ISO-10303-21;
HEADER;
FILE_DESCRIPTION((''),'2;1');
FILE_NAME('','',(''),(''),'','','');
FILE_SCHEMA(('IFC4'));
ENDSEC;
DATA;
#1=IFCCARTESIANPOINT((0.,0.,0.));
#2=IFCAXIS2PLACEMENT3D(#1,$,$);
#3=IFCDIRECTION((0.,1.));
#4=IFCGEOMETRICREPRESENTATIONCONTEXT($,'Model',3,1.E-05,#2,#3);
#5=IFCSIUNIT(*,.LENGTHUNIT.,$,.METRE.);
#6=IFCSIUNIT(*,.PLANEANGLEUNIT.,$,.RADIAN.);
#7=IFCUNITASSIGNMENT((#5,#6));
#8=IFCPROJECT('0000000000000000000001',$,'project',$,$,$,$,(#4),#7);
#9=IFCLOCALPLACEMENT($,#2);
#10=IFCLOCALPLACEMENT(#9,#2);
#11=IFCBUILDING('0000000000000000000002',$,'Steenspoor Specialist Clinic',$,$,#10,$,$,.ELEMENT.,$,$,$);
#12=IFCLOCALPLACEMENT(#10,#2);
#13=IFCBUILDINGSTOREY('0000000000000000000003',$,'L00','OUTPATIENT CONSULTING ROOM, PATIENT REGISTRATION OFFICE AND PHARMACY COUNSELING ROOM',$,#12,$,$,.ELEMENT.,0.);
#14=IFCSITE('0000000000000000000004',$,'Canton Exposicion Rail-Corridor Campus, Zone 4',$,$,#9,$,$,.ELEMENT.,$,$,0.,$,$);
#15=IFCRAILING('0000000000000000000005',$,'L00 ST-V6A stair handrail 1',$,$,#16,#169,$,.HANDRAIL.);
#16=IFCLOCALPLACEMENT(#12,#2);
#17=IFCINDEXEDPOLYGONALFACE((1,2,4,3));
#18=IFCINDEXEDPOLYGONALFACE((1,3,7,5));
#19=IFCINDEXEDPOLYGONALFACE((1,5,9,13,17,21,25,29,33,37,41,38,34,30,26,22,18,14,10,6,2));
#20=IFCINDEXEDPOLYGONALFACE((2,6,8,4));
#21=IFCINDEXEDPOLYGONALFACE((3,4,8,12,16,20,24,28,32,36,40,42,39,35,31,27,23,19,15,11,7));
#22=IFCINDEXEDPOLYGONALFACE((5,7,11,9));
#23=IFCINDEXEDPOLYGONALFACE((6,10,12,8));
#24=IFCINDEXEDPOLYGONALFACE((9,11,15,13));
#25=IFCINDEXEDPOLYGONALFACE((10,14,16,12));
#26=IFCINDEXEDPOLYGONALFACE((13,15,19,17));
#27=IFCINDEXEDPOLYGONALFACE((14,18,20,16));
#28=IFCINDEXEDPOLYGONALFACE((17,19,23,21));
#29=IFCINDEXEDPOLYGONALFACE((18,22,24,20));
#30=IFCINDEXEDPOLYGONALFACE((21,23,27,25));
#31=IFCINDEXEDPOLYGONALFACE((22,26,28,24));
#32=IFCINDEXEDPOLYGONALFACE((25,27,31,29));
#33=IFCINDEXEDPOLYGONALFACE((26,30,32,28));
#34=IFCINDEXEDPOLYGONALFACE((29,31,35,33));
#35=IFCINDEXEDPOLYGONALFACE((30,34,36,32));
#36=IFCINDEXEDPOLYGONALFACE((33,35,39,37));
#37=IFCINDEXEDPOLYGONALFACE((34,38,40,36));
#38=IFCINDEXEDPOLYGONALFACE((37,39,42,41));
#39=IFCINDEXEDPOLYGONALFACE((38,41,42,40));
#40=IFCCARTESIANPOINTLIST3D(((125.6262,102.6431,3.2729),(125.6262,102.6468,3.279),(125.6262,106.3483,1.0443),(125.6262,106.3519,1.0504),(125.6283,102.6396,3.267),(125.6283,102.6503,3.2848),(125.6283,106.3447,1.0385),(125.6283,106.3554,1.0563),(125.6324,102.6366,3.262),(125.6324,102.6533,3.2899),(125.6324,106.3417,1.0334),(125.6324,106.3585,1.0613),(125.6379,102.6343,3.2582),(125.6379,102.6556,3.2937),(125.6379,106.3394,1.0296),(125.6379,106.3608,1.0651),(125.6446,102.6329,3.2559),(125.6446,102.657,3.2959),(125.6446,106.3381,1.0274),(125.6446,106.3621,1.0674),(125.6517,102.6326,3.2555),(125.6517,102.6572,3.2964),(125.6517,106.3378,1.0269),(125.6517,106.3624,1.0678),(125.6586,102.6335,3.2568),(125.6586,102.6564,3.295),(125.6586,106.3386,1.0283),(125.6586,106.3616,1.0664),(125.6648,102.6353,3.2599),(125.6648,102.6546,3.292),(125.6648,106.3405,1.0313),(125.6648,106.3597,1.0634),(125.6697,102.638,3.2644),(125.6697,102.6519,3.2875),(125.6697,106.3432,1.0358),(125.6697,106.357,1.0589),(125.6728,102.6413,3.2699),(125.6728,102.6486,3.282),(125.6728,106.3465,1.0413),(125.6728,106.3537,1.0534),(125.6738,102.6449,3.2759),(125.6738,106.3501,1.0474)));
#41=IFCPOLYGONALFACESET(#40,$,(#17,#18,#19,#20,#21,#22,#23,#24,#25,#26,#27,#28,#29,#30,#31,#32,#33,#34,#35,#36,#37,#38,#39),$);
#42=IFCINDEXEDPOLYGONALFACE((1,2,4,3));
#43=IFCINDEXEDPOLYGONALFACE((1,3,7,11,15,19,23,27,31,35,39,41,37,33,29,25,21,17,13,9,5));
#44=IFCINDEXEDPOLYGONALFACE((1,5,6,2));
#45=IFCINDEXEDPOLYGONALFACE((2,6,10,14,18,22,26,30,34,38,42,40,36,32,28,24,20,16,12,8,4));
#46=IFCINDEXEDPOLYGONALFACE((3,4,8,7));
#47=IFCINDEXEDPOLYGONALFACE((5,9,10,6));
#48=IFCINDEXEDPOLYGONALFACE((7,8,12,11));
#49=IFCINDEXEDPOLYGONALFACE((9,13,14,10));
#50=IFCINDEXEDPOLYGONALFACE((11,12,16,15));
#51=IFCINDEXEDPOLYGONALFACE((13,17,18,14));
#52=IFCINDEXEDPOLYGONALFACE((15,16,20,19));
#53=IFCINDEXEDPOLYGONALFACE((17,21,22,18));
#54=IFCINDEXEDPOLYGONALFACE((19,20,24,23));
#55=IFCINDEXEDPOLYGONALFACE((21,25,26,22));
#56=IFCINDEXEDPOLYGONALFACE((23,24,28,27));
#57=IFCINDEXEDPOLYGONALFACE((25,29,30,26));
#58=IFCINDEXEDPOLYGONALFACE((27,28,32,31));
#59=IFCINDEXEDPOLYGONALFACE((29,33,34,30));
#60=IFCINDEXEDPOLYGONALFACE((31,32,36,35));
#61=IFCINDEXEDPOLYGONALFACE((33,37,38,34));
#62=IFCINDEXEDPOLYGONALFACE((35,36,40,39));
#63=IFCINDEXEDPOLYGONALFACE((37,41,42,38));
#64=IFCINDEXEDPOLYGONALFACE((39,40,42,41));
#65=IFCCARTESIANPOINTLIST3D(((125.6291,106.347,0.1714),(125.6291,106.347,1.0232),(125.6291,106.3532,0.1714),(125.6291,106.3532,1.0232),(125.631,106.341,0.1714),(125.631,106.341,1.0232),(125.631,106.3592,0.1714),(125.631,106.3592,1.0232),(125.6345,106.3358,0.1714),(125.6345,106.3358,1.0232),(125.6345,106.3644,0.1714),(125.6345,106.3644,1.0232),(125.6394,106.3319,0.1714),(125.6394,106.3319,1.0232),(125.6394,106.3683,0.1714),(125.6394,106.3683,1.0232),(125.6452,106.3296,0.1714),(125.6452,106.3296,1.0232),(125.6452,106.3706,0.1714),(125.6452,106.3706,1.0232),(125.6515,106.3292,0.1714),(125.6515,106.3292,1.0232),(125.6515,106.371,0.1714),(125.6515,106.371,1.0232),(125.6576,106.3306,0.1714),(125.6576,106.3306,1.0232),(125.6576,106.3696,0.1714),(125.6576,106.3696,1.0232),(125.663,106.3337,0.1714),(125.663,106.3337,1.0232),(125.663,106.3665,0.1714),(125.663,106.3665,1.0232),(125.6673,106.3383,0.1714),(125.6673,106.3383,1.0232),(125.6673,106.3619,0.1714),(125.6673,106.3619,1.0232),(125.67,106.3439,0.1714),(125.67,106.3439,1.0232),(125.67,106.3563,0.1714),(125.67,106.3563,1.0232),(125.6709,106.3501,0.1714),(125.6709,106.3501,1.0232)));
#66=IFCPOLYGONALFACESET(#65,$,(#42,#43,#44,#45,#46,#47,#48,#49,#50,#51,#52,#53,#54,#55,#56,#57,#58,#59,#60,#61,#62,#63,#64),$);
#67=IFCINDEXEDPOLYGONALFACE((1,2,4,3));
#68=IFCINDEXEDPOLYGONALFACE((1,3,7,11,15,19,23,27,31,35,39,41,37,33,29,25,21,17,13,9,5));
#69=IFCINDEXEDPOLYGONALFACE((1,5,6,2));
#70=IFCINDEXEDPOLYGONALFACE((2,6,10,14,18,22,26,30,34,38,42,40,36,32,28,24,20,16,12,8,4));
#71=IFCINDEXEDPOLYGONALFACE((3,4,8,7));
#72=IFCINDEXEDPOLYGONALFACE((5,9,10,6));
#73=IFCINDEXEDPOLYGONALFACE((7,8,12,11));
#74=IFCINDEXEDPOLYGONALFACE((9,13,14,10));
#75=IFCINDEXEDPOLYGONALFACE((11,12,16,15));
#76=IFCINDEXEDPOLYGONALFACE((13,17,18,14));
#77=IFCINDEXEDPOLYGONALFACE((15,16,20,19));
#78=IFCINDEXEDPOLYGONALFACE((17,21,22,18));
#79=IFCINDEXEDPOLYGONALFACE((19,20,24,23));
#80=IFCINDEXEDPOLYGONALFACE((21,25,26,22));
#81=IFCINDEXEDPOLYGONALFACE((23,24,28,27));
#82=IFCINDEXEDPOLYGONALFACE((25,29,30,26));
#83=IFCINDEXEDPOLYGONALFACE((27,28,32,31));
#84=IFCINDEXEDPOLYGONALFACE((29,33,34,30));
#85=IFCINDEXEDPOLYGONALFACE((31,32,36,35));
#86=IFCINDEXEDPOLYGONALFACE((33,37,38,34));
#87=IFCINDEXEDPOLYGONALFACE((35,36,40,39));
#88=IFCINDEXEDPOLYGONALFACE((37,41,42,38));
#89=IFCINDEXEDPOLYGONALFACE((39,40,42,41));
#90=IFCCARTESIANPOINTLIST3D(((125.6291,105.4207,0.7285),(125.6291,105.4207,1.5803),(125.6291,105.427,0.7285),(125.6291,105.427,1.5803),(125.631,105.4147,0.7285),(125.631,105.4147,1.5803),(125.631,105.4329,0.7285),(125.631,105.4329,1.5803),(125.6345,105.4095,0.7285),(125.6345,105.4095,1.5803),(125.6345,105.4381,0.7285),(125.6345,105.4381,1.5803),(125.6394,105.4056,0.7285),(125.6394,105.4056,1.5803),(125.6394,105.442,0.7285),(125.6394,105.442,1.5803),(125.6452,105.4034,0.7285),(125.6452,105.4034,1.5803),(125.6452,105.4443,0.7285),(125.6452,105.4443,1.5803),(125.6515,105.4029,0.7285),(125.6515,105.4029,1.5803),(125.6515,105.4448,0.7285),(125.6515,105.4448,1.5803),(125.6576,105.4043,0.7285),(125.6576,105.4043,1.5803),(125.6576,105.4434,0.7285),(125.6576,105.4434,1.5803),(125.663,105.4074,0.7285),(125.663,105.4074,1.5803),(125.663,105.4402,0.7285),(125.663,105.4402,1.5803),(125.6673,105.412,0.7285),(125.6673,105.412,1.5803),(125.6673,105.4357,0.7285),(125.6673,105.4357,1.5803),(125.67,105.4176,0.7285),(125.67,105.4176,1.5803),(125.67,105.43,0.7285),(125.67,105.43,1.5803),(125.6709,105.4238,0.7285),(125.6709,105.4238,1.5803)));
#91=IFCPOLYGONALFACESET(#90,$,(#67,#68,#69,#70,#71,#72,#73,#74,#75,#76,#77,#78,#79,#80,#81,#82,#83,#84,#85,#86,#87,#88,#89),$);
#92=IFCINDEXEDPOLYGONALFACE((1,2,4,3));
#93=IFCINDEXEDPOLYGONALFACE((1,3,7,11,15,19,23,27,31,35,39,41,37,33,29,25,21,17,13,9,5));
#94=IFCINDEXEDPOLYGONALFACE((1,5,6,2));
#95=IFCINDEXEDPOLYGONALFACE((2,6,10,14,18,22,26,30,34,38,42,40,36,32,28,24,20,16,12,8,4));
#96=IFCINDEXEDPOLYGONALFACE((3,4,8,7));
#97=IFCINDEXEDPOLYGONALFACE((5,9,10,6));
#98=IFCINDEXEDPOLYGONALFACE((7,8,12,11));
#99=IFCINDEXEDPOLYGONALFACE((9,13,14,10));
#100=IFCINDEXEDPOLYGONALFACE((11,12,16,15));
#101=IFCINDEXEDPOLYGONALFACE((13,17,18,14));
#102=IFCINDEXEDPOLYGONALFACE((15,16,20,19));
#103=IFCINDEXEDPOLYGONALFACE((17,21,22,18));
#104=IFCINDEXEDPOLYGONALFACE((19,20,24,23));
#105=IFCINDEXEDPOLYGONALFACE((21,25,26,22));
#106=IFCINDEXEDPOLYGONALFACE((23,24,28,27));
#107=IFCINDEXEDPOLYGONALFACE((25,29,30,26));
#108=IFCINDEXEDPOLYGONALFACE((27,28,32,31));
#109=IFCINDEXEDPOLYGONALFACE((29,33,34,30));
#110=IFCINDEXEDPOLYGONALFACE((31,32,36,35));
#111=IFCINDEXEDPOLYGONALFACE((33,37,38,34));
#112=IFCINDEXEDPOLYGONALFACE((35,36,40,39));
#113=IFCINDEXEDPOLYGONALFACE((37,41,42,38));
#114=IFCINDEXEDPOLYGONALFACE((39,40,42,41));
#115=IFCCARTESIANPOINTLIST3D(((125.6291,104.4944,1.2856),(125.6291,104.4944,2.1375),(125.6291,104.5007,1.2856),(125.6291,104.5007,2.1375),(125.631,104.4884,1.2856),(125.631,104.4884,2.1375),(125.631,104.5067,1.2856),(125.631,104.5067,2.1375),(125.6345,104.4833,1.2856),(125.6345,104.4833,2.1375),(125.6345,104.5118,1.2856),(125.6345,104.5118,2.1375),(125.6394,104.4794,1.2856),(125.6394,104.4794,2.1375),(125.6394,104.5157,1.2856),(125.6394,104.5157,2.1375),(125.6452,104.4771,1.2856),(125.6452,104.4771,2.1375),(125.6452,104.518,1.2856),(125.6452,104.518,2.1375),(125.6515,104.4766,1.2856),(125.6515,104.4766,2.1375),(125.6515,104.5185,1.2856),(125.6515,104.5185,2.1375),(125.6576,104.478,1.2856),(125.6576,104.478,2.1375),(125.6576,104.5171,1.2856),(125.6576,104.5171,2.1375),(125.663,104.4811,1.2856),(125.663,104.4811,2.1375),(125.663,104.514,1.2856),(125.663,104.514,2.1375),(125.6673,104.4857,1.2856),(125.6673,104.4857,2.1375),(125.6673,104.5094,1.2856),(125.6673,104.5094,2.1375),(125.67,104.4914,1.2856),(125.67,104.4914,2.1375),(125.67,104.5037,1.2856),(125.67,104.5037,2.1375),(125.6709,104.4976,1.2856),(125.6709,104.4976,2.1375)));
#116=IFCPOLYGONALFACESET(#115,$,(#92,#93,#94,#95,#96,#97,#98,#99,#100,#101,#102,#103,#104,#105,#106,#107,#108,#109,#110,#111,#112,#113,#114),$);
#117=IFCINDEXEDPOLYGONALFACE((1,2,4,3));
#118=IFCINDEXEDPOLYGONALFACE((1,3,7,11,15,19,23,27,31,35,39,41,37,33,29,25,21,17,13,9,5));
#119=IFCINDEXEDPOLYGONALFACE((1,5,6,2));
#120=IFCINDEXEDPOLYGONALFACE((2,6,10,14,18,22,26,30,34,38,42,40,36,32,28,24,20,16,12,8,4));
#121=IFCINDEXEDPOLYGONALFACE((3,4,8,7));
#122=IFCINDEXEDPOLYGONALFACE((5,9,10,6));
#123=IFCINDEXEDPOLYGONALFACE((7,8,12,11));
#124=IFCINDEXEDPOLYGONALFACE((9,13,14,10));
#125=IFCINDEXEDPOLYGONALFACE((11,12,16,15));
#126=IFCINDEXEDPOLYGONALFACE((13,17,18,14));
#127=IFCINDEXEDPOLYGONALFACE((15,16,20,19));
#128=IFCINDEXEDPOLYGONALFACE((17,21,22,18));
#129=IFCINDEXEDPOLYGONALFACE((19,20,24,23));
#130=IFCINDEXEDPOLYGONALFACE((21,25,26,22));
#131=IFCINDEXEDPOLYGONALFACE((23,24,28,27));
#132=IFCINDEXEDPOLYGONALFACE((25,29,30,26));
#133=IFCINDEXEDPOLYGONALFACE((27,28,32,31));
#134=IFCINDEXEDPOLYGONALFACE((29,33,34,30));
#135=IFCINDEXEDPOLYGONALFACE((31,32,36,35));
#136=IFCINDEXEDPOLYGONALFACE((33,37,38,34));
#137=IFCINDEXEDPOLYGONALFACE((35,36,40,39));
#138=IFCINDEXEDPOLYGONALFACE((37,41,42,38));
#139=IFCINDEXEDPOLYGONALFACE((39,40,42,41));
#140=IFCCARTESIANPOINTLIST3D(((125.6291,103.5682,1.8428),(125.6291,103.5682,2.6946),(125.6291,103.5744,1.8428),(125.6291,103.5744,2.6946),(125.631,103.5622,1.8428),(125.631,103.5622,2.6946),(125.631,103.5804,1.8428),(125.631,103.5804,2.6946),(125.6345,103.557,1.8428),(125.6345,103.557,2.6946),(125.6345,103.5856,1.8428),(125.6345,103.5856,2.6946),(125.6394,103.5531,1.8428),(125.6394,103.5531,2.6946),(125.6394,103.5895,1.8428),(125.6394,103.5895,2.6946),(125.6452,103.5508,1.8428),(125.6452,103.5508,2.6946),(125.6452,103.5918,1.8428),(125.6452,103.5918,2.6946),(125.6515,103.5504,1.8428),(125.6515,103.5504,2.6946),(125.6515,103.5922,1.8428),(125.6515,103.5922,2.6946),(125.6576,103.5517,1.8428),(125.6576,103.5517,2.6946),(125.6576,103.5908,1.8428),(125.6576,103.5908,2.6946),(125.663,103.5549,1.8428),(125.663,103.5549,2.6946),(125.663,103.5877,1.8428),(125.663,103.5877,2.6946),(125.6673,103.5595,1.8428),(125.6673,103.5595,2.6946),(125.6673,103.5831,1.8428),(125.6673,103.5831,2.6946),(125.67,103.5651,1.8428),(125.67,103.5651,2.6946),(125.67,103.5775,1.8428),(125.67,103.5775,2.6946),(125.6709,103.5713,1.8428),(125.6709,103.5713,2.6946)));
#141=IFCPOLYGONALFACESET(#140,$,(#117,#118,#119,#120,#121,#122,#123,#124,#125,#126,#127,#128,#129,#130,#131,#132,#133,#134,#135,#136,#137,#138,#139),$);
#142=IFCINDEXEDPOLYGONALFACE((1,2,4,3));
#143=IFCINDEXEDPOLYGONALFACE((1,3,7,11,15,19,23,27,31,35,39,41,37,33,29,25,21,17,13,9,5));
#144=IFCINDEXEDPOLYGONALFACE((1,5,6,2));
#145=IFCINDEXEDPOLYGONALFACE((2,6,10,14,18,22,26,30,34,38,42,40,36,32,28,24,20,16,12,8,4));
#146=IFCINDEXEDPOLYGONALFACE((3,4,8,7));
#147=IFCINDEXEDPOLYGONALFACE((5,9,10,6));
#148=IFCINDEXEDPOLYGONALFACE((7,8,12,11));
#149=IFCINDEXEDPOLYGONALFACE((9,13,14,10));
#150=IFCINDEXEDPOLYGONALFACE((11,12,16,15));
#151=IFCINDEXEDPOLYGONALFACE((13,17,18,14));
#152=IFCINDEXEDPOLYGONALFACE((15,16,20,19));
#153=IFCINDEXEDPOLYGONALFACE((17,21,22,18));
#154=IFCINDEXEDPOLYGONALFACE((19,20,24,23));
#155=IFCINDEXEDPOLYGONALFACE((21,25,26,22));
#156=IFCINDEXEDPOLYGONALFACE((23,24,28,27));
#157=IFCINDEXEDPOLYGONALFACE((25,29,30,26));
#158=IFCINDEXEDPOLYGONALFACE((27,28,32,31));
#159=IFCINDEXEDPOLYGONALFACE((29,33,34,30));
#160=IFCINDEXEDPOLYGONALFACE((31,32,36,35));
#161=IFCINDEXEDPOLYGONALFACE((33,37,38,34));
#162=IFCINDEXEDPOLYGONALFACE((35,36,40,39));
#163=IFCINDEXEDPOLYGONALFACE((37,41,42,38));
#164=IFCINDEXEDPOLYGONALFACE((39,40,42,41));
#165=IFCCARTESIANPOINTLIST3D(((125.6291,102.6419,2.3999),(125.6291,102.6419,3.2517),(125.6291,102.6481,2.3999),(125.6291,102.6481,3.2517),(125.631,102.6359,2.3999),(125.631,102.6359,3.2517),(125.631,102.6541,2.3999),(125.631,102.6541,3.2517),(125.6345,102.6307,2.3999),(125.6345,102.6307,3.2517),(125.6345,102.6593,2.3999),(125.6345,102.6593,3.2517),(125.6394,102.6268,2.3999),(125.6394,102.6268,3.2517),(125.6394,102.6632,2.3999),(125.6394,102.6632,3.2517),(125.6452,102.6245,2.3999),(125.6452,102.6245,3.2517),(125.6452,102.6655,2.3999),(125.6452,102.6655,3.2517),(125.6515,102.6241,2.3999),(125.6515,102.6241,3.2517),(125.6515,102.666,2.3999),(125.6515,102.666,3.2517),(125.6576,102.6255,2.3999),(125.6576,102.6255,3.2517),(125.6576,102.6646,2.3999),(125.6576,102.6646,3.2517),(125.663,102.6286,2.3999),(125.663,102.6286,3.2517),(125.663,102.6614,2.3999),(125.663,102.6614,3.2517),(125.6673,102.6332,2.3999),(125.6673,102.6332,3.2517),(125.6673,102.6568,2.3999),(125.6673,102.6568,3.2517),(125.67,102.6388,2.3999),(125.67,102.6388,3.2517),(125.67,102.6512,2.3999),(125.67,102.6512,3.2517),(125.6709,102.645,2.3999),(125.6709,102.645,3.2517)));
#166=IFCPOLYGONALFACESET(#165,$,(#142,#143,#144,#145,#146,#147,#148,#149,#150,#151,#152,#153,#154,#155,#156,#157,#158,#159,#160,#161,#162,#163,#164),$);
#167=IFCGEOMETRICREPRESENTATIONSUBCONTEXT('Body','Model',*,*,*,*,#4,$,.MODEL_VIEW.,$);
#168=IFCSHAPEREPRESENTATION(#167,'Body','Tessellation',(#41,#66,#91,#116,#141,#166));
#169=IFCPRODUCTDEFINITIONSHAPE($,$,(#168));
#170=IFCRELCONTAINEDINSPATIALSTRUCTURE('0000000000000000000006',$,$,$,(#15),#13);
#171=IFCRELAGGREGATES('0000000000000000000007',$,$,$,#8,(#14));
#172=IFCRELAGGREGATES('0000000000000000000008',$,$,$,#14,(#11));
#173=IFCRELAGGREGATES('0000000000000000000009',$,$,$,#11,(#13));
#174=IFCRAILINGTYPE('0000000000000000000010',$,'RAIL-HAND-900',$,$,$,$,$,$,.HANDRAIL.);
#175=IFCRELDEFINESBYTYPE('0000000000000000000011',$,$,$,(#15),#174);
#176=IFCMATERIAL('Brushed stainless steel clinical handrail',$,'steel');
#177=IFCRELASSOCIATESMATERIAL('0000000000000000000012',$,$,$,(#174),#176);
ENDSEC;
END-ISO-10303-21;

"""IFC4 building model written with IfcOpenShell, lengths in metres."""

from ifc_helpers import new_model, si_unit, direction, frame, origin, origin_2d, place, context, subcontext, project, spatial, circle, extrude, material, type_object, element, save


model = new_model("IFC4")

# Units and contexts
model_context = context("Model", 3, precision=1e-05, world=origin(), true_north=direction((0.0, 1.0)))
body_context = subcontext(model_context, "Body", "Model", "MODEL_VIEW")
ifc_project = project(units=[si_unit("LENGTHUNIT", "METRE"), si_unit("PLANEANGLEUNIT", "RADIAN")], contexts=[model_context])

# Site, building, storey
site_placement = place(None, origin())
site = spatial("IfcSite", under=ifc_project, at=site_placement, Name="Canton Exposicion Rail-Corridor Campus, Zone 4", CompositionType="ELEMENT", RefElevation=0.0)
building_placement = place(site_placement, origin())
building = spatial("IfcBuilding", under=site, at=building_placement, Name="Steenspoor Specialist Clinic", CompositionType="ELEMENT")
storey_placement = place(building_placement, origin())
storey = spatial("IfcBuildingStorey", under=building, at=storey_placement, Name="L00", Description="OUTPATIENT CONSULTING ROOM, PATIENT REGISTRATION OFFICE AND PHARMACY COUNSELING ROOM", CompositionType="ELEMENT", Elevation=0.0)

# Railing
ifc_material_1 = material(Name="Brushed stainless steel clinical handrail", Category="steel")
railing_type_1 = type_object("IfcRailingType", Name="RAIL-HAND-900", PredefinedType="HANDRAIL", material=ifc_material_1)
railing_1_placement = place(storey_placement, frame((125.6499, 106.3501, 0.1714)))
element("IfcRailing", 1, at=railing_1_placement, inside=storey, type_object=railing_type_1, Name="L00 ST-V6A stair handrail 1", PredefinedType="HANDRAIL", context=body_context, shape_type="SweptSolid", body=[
    extrude(circle(Radius=0.0239, at=origin_2d()), frame((0.0, 0.0, 0.876), z_axis=(0.0, -0.856934, 0.515425), x_axis=(1.0, 0.0, 0.0)), (0.0, 0.0, 1.0), 4.3237),
    extrude(circle(Radius=0.021, at=origin_2d()), origin(), (0.0, 0.0, 1.0), 0.8518),
    extrude(circle(Radius=0.021, at=origin_2d()), frame((0.0, -0.9263, 0.5571)), (0.0, 0.0, 1.0), 0.8518),
    extrude(circle(Radius=0.021, at=origin_2d()), frame((0.0, -1.8525, 1.1143)), (0.0, 0.0, 1.0), 0.8518),
    extrude(circle(Radius=0.021, at=origin_2d()), frame((0.0, -2.7788, 1.6714)), (0.0, 0.0, 1.0), 0.8518),
    extrude(circle(Radius=0.021, at=origin_2d()), frame((0.0, -3.7051, 2.2285)), (0.0, 0.0, 1.0), 0.8518),
])

save(model, "model.ifc")
